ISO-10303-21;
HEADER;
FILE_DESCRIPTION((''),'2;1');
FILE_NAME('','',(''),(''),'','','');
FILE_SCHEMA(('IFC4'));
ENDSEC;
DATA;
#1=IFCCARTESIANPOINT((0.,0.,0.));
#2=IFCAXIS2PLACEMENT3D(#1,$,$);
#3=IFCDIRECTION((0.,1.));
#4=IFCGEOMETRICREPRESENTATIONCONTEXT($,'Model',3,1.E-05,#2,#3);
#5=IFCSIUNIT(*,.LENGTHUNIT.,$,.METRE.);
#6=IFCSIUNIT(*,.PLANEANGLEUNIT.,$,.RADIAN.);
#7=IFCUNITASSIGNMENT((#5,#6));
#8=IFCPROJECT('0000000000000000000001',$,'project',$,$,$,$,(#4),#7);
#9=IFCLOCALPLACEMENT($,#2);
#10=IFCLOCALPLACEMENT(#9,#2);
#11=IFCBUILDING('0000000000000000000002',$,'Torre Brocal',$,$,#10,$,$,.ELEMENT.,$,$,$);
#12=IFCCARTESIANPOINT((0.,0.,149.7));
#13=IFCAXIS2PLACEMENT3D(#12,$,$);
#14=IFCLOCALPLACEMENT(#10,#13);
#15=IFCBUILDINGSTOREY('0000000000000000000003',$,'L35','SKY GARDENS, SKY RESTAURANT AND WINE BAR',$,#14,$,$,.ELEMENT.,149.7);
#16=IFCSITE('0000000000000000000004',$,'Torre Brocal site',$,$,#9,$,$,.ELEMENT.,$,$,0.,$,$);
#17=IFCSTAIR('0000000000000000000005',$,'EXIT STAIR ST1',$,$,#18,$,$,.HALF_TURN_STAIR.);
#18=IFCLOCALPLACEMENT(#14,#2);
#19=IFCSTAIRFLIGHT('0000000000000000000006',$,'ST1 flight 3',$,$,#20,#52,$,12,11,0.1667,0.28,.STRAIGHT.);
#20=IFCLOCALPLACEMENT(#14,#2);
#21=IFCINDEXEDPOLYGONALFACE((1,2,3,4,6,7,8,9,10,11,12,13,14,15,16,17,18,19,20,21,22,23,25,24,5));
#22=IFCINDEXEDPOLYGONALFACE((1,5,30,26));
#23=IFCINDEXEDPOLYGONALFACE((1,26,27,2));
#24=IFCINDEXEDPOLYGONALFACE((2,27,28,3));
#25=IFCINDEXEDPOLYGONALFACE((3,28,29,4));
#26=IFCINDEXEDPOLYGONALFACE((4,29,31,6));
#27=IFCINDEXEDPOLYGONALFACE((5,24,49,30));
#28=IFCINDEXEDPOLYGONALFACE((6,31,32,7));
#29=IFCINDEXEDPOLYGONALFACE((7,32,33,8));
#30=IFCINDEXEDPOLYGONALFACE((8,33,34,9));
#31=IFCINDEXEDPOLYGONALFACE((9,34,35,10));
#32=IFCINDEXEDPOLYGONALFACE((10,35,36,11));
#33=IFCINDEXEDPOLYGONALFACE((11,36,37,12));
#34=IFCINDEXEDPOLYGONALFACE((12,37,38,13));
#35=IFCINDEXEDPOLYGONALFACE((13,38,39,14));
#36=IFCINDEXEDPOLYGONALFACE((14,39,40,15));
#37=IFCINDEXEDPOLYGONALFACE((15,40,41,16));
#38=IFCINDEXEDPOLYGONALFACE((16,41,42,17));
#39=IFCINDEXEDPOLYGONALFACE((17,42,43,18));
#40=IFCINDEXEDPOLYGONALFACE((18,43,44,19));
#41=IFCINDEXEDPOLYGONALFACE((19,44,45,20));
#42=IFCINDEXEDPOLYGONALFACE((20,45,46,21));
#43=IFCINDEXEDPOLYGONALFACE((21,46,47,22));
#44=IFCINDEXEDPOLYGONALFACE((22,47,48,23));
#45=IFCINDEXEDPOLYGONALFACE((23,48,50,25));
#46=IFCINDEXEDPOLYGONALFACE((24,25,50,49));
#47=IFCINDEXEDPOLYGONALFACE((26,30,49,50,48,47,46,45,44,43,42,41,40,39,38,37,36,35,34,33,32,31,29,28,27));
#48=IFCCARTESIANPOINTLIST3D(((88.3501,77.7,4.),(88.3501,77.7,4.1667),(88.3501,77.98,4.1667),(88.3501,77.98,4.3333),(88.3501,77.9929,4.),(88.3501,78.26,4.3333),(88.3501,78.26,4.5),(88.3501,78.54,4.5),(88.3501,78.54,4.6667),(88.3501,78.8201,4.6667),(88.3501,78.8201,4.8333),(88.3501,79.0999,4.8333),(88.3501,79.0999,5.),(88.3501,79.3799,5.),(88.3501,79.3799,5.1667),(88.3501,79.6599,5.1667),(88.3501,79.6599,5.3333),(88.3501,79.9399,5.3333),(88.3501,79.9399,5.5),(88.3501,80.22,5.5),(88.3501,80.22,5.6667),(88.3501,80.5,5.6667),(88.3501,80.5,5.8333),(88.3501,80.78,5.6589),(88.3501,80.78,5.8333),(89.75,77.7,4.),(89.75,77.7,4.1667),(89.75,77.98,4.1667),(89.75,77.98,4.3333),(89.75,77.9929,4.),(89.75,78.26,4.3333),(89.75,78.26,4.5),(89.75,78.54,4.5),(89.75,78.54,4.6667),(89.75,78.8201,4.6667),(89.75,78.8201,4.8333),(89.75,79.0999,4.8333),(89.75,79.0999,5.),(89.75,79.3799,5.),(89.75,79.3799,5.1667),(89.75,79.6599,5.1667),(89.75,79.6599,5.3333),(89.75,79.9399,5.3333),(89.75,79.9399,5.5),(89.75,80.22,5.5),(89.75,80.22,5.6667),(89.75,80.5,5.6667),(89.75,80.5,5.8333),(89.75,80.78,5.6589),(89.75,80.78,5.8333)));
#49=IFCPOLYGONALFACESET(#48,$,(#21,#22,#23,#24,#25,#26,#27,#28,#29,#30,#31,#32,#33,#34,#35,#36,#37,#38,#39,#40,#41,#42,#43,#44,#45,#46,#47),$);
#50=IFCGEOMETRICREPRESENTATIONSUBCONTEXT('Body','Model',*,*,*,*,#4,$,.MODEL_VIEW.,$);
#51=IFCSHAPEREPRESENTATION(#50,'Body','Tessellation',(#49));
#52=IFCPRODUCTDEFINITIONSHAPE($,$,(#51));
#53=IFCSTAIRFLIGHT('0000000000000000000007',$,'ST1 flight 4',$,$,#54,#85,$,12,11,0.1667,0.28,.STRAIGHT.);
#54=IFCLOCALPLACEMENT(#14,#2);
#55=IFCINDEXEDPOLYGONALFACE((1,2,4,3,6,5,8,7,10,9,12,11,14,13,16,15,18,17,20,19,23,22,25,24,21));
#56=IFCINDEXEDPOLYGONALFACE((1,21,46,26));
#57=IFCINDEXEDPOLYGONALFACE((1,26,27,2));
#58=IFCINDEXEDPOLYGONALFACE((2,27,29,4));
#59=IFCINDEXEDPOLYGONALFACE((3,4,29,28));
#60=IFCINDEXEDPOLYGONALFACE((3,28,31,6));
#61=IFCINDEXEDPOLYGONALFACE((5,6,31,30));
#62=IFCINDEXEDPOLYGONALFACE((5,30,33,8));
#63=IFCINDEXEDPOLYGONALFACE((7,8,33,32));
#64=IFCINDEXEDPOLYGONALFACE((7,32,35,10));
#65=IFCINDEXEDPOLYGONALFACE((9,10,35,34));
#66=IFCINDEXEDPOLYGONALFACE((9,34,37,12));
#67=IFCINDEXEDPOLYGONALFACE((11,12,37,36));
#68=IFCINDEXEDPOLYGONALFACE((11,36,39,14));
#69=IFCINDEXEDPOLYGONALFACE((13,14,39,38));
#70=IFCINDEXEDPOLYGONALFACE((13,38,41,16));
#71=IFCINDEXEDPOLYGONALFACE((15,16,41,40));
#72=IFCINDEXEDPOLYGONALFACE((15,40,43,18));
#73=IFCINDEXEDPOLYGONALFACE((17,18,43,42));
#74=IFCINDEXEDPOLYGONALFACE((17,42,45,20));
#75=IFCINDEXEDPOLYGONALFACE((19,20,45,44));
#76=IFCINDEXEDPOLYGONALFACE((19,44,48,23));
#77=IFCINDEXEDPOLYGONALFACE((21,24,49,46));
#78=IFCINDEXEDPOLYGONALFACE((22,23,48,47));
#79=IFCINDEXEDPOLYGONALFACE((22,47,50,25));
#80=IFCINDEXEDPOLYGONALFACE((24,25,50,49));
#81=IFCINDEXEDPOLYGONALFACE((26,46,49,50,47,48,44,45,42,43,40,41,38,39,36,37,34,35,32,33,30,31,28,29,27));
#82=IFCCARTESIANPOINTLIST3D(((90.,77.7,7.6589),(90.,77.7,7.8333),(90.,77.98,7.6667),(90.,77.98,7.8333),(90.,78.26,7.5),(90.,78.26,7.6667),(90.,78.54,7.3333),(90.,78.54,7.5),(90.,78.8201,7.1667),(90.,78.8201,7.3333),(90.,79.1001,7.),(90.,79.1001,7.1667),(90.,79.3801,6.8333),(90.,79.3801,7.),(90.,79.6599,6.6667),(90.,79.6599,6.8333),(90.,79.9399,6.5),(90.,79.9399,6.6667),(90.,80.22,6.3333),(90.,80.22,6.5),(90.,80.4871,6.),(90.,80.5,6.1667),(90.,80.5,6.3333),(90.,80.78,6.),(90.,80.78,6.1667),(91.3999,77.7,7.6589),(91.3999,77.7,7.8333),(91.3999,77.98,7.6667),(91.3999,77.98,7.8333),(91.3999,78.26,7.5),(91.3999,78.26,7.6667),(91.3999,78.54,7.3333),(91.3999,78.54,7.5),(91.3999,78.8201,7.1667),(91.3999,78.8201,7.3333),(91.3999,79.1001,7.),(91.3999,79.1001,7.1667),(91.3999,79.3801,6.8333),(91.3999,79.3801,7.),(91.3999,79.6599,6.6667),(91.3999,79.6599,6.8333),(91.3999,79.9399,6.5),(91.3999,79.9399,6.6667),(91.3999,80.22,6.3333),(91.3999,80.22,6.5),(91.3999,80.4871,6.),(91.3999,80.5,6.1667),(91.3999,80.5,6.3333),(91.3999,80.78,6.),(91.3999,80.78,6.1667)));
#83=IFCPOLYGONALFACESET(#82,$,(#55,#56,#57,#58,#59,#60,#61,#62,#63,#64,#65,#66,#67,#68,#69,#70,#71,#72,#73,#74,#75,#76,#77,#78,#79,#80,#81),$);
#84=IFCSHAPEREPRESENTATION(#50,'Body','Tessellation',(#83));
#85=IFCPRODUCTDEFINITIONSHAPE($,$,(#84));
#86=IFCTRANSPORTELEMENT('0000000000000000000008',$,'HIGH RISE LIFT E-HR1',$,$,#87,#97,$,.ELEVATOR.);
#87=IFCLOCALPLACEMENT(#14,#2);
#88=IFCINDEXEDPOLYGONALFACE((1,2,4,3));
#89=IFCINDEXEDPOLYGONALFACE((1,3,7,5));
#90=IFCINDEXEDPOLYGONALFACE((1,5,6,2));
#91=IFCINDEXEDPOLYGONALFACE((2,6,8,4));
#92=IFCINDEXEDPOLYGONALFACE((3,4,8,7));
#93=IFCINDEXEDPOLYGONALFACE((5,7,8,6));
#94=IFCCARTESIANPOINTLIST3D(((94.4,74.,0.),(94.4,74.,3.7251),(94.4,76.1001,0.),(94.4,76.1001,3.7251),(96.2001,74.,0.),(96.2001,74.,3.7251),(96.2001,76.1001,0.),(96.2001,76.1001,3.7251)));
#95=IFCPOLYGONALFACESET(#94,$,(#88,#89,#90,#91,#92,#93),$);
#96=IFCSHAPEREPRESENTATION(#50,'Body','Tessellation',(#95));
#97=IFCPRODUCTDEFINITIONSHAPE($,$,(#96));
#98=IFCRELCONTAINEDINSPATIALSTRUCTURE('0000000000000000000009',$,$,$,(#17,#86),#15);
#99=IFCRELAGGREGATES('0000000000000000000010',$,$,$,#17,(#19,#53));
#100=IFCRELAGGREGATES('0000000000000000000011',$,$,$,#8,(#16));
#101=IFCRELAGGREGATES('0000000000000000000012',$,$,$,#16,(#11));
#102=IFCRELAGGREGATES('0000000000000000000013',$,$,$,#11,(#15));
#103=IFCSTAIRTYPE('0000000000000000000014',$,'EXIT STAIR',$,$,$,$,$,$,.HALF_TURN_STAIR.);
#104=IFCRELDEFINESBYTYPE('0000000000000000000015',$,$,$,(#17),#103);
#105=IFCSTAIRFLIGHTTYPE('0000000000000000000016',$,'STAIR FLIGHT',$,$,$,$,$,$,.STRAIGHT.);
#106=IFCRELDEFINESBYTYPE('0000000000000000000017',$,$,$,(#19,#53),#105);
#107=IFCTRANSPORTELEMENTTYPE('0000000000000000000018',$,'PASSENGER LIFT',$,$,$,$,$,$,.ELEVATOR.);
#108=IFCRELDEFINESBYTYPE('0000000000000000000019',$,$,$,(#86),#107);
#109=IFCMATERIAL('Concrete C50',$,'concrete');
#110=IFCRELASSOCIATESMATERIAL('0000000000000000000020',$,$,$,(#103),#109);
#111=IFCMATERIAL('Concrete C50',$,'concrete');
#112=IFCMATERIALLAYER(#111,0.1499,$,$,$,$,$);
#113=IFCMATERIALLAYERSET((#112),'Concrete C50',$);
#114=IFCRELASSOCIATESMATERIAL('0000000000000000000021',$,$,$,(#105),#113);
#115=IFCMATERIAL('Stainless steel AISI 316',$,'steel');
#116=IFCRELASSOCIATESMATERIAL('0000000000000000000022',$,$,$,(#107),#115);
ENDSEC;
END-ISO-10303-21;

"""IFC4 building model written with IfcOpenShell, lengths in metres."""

from ifc_helpers import new_model, si_unit, direction, frame, origin, origin_2d, place, context, subcontext, project, spatial, polyline, rectangle, outline, extrude, material, layer, layer_set, type_object, element, aggregate, save


model = new_model("IFC4")

# Units and contexts
model_context = context("Model", 3, precision=1e-05, world=origin(), true_north=direction((0.0, 1.0)))
body_context = subcontext(model_context, "Body", "Model", "MODEL_VIEW")
ifc_project = project(units=[si_unit("LENGTHUNIT", "METRE"), si_unit("PLANEANGLEUNIT", "RADIAN")], contexts=[model_context])

# Site, building, storey
site_placement = place(None, origin())
site = spatial("IfcSite", under=ifc_project, at=site_placement, Name="Torre Brocal site", CompositionType="ELEMENT", RefElevation=0.0)
building_placement = place(site_placement, origin())
building = spatial("IfcBuilding", under=site, at=building_placement, Name="Torre Brocal", CompositionType="ELEMENT")
storey_placement = place(building_placement, frame((0.0, 0.0, 149.7)))
storey = spatial("IfcBuildingStorey", under=building, at=storey_placement, Name="L35", Description="SKY GARDENS, SKY RESTAURANT AND WINE BAR", CompositionType="ELEMENT", Elevation=149.7)

# Stair, stair flights
ifc_material_1 = material(Name="Concrete C50", Category="concrete")
stair_type = type_object("IfcStairType", Name="EXIT STAIR", PredefinedType="HALF_TURN_STAIR", material=ifc_material_1)
stair_placement = place(storey_placement, origin())
stair = element("IfcStair", 1, at=stair_placement, inside=storey, type_object=stair_type, Name="EXIT STAIR ST1", PredefinedType="HALF_TURN_STAIR")
ifc_material_2 = material(Name="Concrete C50", Category="concrete")
ifc_layer_1 = layer(ifc_material_2, 0.1499)
ifc_layer_set_1 = layer_set([ifc_layer_1], Name="Concrete C50")
stair_flight_type = type_object("IfcStairFlightType", Name="STAIR FLIGHT", PredefinedType="STRAIGHT", material=ifc_layer_set_1)
stair_flight_1_placement = place(storey_placement, frame((89.05, 77.7, 4.0), z_axis=(0.0, 0.0, 1.0), x_axis=(0.0, 1.0, 0.0)))
stair_flight_1 = element("IfcStairFlight", 2, at=stair_flight_1_placement, type_object=stair_flight_type, Name="ST1 flight 3", NumberOfRisers=12, NumberOfTreads=11, PredefinedType="STRAIGHT", RiserHeight=0.1667, TreadLength=0.28, context=body_context, shape_type="SweptSolid", body=[
    extrude(outline(polyline([(0.0, 0.0), (0.0, 0.1667), (0.28, 0.1667), (0.28, 0.3333), (0.5601, 0.3333), (0.5601, 0.5), (0.8401, 0.5), (0.8401, 0.6667), (1.1201, 0.6667), (1.1201, 0.8333), (1.3999, 0.8333), (1.3999, 1.0), (1.6799, 1.0), (1.6799, 1.1667), (1.96, 1.1667), (1.96, 1.3333), (2.24, 1.3333), (2.24, 1.5), (2.52, 1.5), (2.52, 1.6667), (2.8, 1.6667), (2.8, 1.8333), (3.0801, 1.8333), (3.0801, 2.0), (3.0801, 1.6589), (0.293, 0.0), (0.0, 0.0)])), frame((0.0, 0.7, 0.0), z_axis=(0.0, -1.0, 0.0), x_axis=(1.0, 0.0, 0.0)), (0.0, 0.0, 1.0), 1.3999),
])
stair_flight_2_placement = place(storey_placement, frame((90.7, 80.78, 6.0), z_axis=(0.0, 0.0, 1.0), x_axis=(0.0, -1.0, 0.0)))
stair_flight_2 = element("IfcStairFlight", 3, at=stair_flight_2_placement, type_object=stair_flight_type, Name="ST1 flight 4", NumberOfRisers=12, NumberOfTreads=11, PredefinedType="STRAIGHT", RiserHeight=0.1667, TreadLength=0.28, context=body_context, shape_type="SweptSolid", body=[
    extrude(outline(polyline([(0.0, 0.0), (0.0, 0.1667), (0.28, 0.1667), (0.28, 0.3333), (0.5601, 0.3333), (0.5601, 0.5), (0.8401, 0.5), (0.8401, 0.6667), (1.1201, 0.6667), (1.1201, 0.8333), (1.3999, 0.8333), (1.3999, 1.0), (1.6799, 1.0), (1.6799, 1.1667), (1.96, 1.1667), (1.96, 1.3333), (2.24, 1.3333), (2.24, 1.5), (2.52, 1.5), (2.52, 1.6667), (2.8, 1.6667), (2.8, 1.8333), (3.0801, 1.8333), (3.0801, 2.0), (3.0801, 1.6589), (0.293, 0.0), (0.0, 0.0)])), frame((0.0, 0.7, 0.0), z_axis=(0.0, -1.0, 0.0), x_axis=(1.0, 0.0, 0.0)), (0.0, 0.0, 1.0), 1.3999),
])
aggregate(stair, [stair_flight_1, stair_flight_2])

# Transport element
ifc_material_3 = material(Name="Stainless steel AISI 316", Category="steel")
transport_element_type = type_object("IfcTransportElementType", Name="PASSENGER LIFT", PredefinedType="ELEVATOR", material=ifc_material_3)
transport_element_placement = place(storey_placement, frame((95.3, 75.05, 0.0), z_axis=(0.0, 0.0, 1.0), x_axis=(1.0, 0.0, 0.0)))
element("IfcTransportElement", 4, at=transport_element_placement, inside=storey, type_object=transport_element_type, Name="HIGH RISE LIFT E-HR1", PredefinedType="ELEVATOR", context=body_context, shape_type="SweptSolid", body=[
    extrude(rectangle(XDim=1.8, YDim=2.1001, at=origin_2d()), origin(), (0.0, 0.0, 1.0), 3.7251),
])

save(model, "model.ifc")
